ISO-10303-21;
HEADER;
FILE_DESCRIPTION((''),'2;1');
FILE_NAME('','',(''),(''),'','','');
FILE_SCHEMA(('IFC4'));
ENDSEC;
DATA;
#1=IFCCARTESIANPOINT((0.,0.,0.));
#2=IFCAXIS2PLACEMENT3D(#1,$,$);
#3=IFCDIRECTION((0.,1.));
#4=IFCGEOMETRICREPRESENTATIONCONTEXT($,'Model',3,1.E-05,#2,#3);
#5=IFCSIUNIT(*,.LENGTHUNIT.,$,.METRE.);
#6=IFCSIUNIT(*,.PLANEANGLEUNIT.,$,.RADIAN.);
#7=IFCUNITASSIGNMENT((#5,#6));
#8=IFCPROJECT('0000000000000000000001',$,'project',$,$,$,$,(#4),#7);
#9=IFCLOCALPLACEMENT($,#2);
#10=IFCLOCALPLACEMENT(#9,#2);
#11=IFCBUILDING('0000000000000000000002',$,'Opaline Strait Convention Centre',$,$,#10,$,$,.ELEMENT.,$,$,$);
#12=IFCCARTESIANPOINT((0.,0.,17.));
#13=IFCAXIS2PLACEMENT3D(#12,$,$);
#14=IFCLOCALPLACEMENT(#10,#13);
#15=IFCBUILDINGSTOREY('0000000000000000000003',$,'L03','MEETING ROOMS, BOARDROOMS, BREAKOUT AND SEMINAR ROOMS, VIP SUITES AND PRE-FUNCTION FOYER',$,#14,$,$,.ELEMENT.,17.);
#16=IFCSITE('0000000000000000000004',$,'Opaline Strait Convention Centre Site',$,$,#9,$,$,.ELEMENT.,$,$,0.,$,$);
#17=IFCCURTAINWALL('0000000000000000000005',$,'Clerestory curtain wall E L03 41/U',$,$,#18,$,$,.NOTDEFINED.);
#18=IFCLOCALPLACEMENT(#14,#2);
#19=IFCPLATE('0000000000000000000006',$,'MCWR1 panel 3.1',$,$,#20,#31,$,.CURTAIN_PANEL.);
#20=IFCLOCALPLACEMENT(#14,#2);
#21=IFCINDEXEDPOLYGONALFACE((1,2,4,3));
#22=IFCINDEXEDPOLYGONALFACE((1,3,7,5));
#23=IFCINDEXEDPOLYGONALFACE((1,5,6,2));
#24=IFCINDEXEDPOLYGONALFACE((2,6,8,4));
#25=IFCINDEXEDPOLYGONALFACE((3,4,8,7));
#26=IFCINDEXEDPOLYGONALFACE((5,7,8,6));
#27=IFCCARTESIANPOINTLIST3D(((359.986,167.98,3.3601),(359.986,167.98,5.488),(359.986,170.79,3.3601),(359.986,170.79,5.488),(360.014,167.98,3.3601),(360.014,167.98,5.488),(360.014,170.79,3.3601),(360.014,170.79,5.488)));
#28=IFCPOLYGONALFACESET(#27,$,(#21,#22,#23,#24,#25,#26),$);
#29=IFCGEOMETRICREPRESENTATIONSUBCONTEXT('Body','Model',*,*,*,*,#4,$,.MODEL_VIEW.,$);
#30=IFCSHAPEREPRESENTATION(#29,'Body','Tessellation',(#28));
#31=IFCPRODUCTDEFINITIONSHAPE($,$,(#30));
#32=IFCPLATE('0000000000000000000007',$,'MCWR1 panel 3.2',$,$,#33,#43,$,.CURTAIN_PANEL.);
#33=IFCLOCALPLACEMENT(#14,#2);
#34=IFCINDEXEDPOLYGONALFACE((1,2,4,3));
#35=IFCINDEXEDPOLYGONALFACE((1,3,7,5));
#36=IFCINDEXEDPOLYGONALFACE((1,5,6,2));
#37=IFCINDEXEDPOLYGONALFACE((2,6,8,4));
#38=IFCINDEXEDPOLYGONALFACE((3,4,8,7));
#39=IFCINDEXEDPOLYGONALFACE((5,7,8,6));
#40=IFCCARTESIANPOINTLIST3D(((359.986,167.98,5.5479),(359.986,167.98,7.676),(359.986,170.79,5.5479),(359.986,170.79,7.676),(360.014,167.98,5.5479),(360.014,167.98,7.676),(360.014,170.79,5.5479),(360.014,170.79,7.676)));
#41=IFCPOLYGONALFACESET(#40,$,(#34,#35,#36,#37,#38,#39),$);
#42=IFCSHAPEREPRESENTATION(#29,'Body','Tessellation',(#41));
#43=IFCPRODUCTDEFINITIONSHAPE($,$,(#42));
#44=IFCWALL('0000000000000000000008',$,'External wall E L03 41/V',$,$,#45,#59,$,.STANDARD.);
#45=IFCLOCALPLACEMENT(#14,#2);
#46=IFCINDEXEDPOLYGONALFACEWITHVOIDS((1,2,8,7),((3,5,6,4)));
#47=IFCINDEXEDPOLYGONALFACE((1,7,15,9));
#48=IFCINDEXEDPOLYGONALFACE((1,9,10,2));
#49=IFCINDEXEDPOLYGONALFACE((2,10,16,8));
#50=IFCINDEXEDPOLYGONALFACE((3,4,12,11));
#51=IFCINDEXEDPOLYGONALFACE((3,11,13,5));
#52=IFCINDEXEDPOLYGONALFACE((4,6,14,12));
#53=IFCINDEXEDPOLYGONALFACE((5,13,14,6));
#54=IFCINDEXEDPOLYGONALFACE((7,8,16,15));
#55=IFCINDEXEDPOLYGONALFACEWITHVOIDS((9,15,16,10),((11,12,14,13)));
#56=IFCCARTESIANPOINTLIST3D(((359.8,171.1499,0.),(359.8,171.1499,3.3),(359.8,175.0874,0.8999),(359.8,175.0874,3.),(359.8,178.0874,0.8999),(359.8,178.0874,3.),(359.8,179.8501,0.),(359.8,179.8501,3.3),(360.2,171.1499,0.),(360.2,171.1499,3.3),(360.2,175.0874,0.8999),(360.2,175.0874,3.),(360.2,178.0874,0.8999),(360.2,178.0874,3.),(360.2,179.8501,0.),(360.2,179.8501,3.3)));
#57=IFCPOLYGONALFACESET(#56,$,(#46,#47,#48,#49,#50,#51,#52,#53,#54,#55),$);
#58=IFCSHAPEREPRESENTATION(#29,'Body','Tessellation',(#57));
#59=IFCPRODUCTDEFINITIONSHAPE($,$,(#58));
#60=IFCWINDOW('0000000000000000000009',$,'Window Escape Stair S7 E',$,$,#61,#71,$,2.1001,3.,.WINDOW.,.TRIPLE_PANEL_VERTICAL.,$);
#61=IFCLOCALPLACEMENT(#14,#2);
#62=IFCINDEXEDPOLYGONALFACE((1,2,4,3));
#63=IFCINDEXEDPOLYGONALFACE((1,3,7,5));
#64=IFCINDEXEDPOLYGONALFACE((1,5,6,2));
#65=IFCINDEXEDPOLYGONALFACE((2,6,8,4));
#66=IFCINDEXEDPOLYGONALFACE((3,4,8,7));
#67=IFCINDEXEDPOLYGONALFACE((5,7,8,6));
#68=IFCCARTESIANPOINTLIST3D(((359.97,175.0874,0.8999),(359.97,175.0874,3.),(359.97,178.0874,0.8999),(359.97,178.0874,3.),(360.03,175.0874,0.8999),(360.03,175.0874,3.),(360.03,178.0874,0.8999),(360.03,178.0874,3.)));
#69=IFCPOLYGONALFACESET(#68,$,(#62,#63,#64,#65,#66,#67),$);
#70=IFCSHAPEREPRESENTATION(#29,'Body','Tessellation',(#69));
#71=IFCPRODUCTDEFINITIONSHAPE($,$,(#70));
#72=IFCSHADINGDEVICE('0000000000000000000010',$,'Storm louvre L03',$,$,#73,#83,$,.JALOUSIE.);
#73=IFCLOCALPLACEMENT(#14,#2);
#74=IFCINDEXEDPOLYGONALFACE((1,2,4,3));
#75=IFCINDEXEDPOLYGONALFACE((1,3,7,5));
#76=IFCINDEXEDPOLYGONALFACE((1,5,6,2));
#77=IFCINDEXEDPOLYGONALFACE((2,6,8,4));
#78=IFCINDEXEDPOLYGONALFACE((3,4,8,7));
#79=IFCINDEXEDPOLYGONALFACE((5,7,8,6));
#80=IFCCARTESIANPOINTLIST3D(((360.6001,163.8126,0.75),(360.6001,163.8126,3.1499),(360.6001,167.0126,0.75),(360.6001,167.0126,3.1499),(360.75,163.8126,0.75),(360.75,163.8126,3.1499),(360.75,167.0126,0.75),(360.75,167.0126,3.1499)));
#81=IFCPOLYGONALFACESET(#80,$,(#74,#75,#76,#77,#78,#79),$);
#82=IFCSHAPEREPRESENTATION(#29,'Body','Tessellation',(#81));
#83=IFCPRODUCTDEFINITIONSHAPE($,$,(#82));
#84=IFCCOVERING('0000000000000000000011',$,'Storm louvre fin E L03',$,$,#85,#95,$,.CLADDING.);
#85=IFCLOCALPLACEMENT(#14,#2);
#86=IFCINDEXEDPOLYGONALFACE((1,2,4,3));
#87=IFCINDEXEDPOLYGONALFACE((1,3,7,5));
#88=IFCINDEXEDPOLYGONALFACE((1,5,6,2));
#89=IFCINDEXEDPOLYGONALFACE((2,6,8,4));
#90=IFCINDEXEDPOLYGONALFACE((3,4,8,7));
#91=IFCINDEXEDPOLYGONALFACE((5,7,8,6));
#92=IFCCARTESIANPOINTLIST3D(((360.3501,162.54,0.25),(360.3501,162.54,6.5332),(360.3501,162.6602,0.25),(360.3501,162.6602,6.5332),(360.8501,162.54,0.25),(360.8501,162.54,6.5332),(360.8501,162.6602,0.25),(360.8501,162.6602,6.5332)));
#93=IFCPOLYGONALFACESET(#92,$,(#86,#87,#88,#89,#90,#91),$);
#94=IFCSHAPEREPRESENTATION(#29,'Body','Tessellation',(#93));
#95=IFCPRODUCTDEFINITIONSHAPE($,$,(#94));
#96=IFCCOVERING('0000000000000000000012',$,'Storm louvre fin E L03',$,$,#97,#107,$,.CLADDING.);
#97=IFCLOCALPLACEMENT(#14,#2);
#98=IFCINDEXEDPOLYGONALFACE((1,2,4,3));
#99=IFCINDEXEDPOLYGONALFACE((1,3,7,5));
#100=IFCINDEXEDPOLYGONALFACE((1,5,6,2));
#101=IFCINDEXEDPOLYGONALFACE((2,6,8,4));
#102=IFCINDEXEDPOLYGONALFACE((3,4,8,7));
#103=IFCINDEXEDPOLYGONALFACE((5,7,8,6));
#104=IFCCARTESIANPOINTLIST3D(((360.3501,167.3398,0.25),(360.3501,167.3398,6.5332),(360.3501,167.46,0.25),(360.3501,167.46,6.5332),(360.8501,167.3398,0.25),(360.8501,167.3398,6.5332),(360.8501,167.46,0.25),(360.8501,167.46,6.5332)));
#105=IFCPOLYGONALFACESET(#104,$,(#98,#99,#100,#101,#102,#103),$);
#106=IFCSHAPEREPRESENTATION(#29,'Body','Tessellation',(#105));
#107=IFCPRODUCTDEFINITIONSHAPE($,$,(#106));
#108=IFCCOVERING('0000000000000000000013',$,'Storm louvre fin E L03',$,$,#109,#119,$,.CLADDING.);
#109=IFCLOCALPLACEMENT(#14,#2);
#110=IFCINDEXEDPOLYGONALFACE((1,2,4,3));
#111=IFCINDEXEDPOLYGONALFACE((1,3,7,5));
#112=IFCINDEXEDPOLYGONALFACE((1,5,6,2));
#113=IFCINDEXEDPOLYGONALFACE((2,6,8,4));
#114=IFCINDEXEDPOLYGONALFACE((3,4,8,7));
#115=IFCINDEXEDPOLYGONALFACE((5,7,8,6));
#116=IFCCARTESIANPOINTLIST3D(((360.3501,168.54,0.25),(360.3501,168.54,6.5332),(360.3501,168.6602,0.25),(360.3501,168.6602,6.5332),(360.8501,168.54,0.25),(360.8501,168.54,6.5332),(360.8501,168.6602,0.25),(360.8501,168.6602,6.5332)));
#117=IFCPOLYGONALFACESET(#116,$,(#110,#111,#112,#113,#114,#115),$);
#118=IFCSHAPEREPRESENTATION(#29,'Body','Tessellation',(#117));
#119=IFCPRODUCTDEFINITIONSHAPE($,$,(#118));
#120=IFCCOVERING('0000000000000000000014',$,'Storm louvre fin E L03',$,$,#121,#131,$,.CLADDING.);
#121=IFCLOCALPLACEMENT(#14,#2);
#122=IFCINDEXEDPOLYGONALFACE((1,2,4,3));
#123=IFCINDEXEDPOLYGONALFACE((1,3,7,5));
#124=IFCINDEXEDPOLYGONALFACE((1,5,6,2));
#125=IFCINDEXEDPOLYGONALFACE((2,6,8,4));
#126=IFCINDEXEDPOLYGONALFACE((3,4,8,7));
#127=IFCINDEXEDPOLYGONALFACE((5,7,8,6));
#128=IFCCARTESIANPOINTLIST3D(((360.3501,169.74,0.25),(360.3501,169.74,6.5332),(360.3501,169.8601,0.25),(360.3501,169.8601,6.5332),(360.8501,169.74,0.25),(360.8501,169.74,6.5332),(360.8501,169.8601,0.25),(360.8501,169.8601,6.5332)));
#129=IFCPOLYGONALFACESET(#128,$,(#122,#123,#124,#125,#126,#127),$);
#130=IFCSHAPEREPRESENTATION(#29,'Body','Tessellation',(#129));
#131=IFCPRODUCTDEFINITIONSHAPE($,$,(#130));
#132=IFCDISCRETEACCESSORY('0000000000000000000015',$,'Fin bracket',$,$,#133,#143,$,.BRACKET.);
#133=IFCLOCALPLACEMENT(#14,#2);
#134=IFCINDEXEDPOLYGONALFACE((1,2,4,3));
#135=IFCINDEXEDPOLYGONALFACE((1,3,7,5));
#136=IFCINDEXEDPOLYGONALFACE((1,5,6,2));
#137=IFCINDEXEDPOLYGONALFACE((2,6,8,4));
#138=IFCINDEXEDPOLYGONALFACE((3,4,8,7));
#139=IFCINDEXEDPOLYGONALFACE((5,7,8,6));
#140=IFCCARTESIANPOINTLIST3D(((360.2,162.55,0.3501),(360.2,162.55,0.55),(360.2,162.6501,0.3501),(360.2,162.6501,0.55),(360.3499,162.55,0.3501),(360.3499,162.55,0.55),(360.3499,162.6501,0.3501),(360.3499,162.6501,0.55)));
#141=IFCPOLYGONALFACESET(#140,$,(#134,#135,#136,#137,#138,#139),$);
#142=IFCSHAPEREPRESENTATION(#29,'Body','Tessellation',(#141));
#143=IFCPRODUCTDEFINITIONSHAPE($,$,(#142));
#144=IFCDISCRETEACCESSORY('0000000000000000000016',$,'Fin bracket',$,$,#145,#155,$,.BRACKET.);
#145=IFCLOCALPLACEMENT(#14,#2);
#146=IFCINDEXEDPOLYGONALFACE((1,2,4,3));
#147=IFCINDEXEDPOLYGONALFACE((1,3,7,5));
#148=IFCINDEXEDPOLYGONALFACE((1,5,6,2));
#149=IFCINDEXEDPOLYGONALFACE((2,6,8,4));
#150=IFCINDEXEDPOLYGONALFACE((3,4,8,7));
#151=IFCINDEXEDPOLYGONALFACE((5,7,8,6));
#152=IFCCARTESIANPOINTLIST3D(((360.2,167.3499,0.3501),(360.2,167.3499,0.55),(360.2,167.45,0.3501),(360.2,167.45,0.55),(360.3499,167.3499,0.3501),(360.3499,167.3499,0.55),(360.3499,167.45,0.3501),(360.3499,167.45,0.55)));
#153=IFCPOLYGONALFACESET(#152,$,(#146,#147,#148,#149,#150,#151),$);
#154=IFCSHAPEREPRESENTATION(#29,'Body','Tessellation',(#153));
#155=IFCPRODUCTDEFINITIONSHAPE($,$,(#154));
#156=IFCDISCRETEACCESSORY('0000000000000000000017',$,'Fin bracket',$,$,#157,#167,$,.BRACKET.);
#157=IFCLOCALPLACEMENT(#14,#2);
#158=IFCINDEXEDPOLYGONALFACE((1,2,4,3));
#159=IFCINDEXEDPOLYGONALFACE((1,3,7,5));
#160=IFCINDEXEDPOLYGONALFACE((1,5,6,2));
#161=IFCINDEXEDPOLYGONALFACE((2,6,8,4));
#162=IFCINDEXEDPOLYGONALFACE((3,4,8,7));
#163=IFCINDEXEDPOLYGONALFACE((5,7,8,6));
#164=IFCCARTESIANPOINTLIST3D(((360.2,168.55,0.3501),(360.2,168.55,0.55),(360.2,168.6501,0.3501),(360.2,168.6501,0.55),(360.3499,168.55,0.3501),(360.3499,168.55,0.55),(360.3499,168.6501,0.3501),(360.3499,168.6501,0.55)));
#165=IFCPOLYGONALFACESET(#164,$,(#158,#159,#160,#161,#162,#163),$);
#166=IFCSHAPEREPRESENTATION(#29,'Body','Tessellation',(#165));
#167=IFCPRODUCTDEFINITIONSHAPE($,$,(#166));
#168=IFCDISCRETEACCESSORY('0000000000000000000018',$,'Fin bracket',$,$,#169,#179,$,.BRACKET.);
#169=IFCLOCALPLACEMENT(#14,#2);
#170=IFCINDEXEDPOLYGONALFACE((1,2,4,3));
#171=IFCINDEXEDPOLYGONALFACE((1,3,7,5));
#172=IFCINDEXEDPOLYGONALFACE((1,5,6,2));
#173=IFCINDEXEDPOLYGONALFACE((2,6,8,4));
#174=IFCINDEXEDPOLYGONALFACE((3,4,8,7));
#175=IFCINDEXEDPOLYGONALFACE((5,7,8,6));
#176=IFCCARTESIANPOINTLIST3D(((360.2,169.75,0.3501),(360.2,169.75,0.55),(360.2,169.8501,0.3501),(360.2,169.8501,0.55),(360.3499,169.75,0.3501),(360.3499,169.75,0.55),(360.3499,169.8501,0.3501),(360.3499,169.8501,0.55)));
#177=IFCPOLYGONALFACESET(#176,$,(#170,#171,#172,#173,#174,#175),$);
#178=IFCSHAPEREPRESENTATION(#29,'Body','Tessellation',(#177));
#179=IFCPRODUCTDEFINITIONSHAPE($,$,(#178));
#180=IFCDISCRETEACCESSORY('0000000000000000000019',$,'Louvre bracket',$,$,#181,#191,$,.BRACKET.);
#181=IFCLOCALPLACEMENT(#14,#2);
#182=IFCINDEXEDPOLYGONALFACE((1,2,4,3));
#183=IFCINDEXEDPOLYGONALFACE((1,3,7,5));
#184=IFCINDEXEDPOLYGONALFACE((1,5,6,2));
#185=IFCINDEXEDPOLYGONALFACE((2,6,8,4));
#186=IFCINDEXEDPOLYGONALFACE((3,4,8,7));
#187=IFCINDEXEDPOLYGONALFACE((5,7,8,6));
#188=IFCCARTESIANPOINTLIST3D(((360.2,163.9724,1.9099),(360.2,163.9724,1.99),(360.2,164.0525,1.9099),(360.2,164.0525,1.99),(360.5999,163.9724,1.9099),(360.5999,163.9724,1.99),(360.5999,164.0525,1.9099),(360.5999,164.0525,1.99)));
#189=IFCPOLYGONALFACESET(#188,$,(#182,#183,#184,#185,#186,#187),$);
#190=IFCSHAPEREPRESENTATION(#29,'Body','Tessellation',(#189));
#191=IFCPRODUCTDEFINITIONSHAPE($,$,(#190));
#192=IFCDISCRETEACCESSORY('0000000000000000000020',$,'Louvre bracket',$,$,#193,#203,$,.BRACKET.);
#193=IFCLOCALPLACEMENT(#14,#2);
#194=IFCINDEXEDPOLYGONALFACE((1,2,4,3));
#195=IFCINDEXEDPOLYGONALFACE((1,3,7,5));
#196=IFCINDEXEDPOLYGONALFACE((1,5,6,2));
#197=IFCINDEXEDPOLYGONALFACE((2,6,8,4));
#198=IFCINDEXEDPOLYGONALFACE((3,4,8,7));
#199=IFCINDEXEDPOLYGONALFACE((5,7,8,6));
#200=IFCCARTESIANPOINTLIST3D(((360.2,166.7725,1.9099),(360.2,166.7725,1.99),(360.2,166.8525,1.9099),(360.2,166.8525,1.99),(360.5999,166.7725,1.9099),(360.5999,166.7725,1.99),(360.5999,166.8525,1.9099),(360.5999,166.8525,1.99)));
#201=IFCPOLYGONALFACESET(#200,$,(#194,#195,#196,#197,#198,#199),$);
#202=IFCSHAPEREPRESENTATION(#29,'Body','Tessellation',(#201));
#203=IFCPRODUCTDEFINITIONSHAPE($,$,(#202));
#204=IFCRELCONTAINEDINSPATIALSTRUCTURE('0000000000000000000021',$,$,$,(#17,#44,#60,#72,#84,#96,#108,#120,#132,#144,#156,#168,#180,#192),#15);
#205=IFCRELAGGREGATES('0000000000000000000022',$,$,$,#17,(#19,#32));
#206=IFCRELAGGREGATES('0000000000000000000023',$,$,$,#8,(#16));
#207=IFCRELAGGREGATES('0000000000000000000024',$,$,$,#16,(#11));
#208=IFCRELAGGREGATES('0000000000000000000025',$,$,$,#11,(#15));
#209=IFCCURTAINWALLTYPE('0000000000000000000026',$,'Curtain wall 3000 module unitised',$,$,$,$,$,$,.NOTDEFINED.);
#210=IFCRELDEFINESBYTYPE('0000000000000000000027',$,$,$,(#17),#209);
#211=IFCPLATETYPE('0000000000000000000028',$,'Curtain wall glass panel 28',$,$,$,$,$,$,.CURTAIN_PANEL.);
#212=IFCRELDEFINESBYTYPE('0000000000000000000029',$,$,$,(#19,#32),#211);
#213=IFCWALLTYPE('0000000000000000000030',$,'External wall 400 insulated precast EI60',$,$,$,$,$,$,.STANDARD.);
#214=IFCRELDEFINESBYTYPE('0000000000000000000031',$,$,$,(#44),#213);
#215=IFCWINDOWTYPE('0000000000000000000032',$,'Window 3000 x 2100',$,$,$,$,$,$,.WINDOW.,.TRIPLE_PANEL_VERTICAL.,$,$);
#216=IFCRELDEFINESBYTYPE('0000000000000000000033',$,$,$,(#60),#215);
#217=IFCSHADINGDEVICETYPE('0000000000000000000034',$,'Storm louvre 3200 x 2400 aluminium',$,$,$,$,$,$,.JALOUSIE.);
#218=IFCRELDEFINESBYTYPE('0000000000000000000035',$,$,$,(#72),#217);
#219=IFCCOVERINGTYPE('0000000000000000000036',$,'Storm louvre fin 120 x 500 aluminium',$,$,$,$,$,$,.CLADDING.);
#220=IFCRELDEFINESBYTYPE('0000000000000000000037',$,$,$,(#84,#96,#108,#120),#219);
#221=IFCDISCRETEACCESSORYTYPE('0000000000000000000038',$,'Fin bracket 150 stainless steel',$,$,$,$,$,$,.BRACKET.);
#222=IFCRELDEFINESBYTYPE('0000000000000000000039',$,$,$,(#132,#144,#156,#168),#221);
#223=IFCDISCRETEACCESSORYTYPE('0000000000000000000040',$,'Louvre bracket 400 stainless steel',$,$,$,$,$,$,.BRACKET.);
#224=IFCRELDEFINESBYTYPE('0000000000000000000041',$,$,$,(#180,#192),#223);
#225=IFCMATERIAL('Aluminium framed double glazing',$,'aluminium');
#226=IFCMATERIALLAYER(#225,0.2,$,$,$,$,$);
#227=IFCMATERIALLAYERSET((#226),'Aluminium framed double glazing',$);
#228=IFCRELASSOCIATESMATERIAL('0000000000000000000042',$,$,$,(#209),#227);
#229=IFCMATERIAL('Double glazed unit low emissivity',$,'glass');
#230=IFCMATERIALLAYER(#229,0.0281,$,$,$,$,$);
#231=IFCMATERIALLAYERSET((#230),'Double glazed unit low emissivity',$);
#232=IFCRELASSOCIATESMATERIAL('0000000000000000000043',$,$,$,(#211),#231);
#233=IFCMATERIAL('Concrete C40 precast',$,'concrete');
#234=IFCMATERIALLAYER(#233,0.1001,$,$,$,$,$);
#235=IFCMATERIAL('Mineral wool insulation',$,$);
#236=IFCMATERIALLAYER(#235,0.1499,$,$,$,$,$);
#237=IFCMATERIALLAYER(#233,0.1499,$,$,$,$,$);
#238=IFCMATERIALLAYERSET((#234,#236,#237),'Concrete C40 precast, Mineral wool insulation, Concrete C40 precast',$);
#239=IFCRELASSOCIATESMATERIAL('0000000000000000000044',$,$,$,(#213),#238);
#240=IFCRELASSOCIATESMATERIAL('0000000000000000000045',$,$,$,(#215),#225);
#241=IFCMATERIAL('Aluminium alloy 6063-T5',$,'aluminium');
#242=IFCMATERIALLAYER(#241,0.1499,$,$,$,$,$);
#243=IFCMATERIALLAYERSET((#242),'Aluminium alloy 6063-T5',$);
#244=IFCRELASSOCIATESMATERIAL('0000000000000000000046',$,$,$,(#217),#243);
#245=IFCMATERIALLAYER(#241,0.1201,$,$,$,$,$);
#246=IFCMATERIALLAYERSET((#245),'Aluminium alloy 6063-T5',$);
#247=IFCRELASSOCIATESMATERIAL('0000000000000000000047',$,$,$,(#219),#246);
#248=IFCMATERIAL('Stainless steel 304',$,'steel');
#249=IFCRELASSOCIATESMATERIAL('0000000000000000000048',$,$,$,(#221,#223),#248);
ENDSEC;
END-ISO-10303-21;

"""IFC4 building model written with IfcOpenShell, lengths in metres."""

from ifc_helpers import new_model, si_unit, direction, frame, frame_2d, origin, origin_2d, place, context, subcontext, project, spatial, rectangle, extrude, material, layer, layer_set, type_object, element, fill, aggregate, save


model = new_model("IFC4")

# Units and contexts
model_context = context("Model", 3, precision=1e-05, world=origin(), true_north=direction((0.0, 1.0)))
body_context = subcontext(model_context, "Body", "Model", "MODEL_VIEW")
ifc_project = project(units=[si_unit("LENGTHUNIT", "METRE"), si_unit("PLANEANGLEUNIT", "RADIAN")], contexts=[model_context])

# Site, building, storey
site_placement = place(None, origin())
site = spatial("IfcSite", under=ifc_project, at=site_placement, Name="Opaline Strait Convention Centre Site", CompositionType="ELEMENT", RefElevation=0.0)
building_placement = place(site_placement, origin())
building = spatial("IfcBuilding", under=site, at=building_placement, Name="Opaline Strait Convention Centre", CompositionType="ELEMENT")
storey_placement = place(building_placement, frame((0.0, 0.0, 17.0)))
storey = spatial("IfcBuildingStorey", under=building, at=storey_placement, Name="L03", Description="MEETING ROOMS, BOARDROOMS, BREAKOUT AND SEMINAR ROOMS, VIP SUITES AND PRE-FUNCTION FOYER", CompositionType="ELEMENT", Elevation=17.0)

# Curtain wall
ifc_material_1 = material(Name="Aluminium framed double glazing", Category="aluminium")
ifc_layer_1 = layer(ifc_material_1, 0.2)
ifc_layer_set_1 = layer_set([ifc_layer_1], Name="Aluminium framed double glazing")
curtain_wall_type = type_object("IfcCurtainWallType", Name="Curtain wall 3000 module unitised", PredefinedType="NOTDEFINED", material=ifc_layer_set_1)
curtain_wall_1_placement = place(storey_placement, origin())
curtain_wall_1 = element("IfcCurtainWall", 1, at=curtain_wall_1_placement, inside=storey, type_object=curtain_wall_type, Name="Clerestory curtain wall E L03 41/U", PredefinedType="NOTDEFINED")

# Plates
ifc_material_2 = material(Name="Double glazed unit low emissivity", Category="glass")
ifc_layer_2 = layer(ifc_material_2, 0.0281)
ifc_layer_set_2 = layer_set([ifc_layer_2], Name="Double glazed unit low emissivity")
plate_type = type_object("IfcPlateType", Name="Curtain wall glass panel 28", PredefinedType="CURTAIN_PANEL", material=ifc_layer_set_2)
plate_1_placement = place(storey_placement, frame((360.0, 169.385, 3.3601), z_axis=(0.0, 0.0, 1.0), x_axis=(0.0, 1.0, 0.0)))
plate_1 = element("IfcPlate", 2, at=plate_1_placement, type_object=plate_type, Name="MCWR1 panel 3.1", PredefinedType="CURTAIN_PANEL", context=body_context, shape_type="SweptSolid", body=[
    extrude(rectangle(XDim=2.8101, YDim=0.0281, at=origin_2d()), origin(), (0.0, 0.0, 1.0), 2.1279),
])
plate_2_placement = place(storey_placement, frame((360.0, 169.385, 5.5479), z_axis=(0.0, 0.0, 1.0), x_axis=(0.0, 1.0, 0.0)))
plate_2 = element("IfcPlate", 3, at=plate_2_placement, type_object=plate_type, Name="MCWR1 panel 3.2", PredefinedType="CURTAIN_PANEL", context=body_context, shape_type="SweptSolid", body=[
    extrude(rectangle(XDim=2.8101, YDim=0.0281, at=origin_2d()), origin(), (0.0, 0.0, 1.0), 2.1282),
])
aggregate(curtain_wall_1, [plate_1, plate_2])

# Wall, opening, window
ifc_material_3 = material(Name="Concrete C40 precast", Category="concrete")
ifc_layer_3 = layer(ifc_material_3, 0.1001)
ifc_material_4 = material(Name="Mineral wool insulation")
ifc_layer_4 = layer(ifc_material_4, 0.1499)
ifc_layer_5 = layer(ifc_material_3, 0.1499)
ifc_layer_set_3 = layer_set([ifc_layer_3, ifc_layer_4, ifc_layer_5], Name="Concrete C40 precast, Mineral wool insulation, Concrete C40 precast")
wall_type = type_object("IfcWallType", Name="External wall 400 insulated precast EI60", PredefinedType="STANDARD", material=ifc_layer_set_3)
wall_placement = place(storey_placement, frame((360.0, 171.1499, 0.0), z_axis=(0.0, 0.0, 1.0), x_axis=(0.0, 1.0, 0.0)))
wall = element("IfcWall", 4, at=wall_placement, inside=storey, type_object=wall_type, Name="External wall E L03 41/V", PredefinedType="STANDARD", context=body_context, shape_type="SweptSolid", body=[
    extrude(rectangle(XDim=8.7002, YDim=0.3999, at=frame_2d((4.3501, 0.0))), origin(), (0.0, 0.0, 1.0), 3.3),
])
opening_placement = place(wall_placement, frame((3.9375, 0.0, 0.8999)))
opening = element("IfcOpeningElement", 5, at=opening_placement, cuts=wall, PredefinedType="OPENING", context=body_context, shape_type="SweptSolid", body=[
    extrude(rectangle(XDim=3.0, YDim=2.1001, at=frame_2d((1.5, 1.05))), frame((0.0, 0.21, 0.0), z_axis=(0.0, -1.0, 0.0), x_axis=(1.0, 0.0, 0.0)), (0.0, 0.0, 1.0), 0.4199),
])
window_type = type_object("IfcWindowType", Name="Window 3000 x 2100", PartitioningType="TRIPLE_PANEL_VERTICAL", PredefinedType="WINDOW", material=ifc_material_1)
window_placement = place(opening_placement, origin())
window = element("IfcWindow", 6, at=window_placement, inside=storey, type_object=window_type, Name="Window Escape Stair S7 E", OverallHeight=2.1001, OverallWidth=3.0, PartitioningType="TRIPLE_PANEL_VERTICAL", PredefinedType="WINDOW", context=body_context, shape_type="SweptSolid", body=[
    extrude(rectangle(XDim=3.0, YDim=2.1001, at=frame_2d((1.5, 1.05))), frame((0.0, 0.03, 0.0), z_axis=(0.0, -1.0, 0.0), x_axis=(1.0, 0.0, 0.0)), (0.0, 0.0, 1.0), 0.0601),
])
fill(opening, window)

# Shading device
ifc_material_5 = material(Name="Aluminium alloy 6063-T5", Category="aluminium")
ifc_layer_6 = layer(ifc_material_5, 0.1499)
ifc_layer_set_4 = layer_set([ifc_layer_6], Name="Aluminium alloy 6063-T5")
shading_device_type = type_object("IfcShadingDeviceType", Name="Storm louvre 3200 x 2400 aluminium", PredefinedType="JALOUSIE", material=ifc_layer_set_4)
shading_device_placement = place(storey_placement, frame((360.675, 165.4126, 0.75), z_axis=(0.0, 0.0, 1.0), x_axis=(1.0, 0.0, 0.0)))
element("IfcShadingDevice", 7, at=shading_device_placement, inside=storey, type_object=shading_device_type, Name="Storm louvre L03", PredefinedType="JALOUSIE", context=body_context, shape_type="SweptSolid", body=[
    extrude(rectangle(XDim=0.1499, YDim=3.2, at=origin_2d()), origin(), (0.0, 0.0, 1.0), 2.3999),
])

# Coverings
ifc_layer_7 = layer(ifc_material_5, 0.1201)
ifc_layer_set_5 = layer_set([ifc_layer_7], Name="Aluminium alloy 6063-T5")
covering_type = type_object("IfcCoveringType", Name="Storm louvre fin 120 x 500 aluminium", PredefinedType="CLADDING", material=ifc_layer_set_5)
for number, where, z_axis, x_axis, name in (
    (8, (360.6001, 162.6001, 0.25), (0.0, 0.0, 1.0), (1.0, 0.0, 0.0), "Storm louvre fin E L03"),
    (9, (360.6001, 167.3999, 0.25), (0.0, 0.0, 1.0), (1.0, 0.0, 0.0), "Storm louvre fin E L03"),
    (10, (360.6001, 168.6001, 0.25), (0.0, 0.0, 1.0), (1.0, 0.0, 0.0), "Storm louvre fin E L03"),
    (11, (360.6001, 169.8, 0.25), (0.0, 0.0, 1.0), (1.0, 0.0, 0.0), "Storm louvre fin E L03"),
):
    element("IfcCovering", number, at=place(storey_placement, frame(where, z_axis=z_axis, x_axis=x_axis)), inside=storey, type_object=covering_type, Name=name, PredefinedType="CLADDING", context=body_context, shape_type="SweptSolid", body=[
        extrude(rectangle(XDim=0.5, YDim=0.1201, at=origin_2d()), origin(), (0.0, 0.0, 1.0), 6.2832),
    ])

# Discrete accessories
ifc_material_6 = material(Name="Stainless steel 304", Category="steel")
discrete_accessory_type_1 = type_object("IfcDiscreteAccessoryType", Name="Fin bracket 150 stainless steel", PredefinedType="BRACKET", material=ifc_material_6)
for number, where, z_axis, x_axis, name in (
    (12, (360.2749, 162.6001, 0.3501), (0.0, 0.0, 1.0), (1.0, 0.0, 0.0), "Fin bracket"),
    (13, (360.2749, 167.3999, 0.3501), (0.0, 0.0, 1.0), (1.0, 0.0, 0.0), "Fin bracket"),
    (14, (360.2749, 168.6001, 0.3501), (0.0, 0.0, 1.0), (1.0, 0.0, 0.0), "Fin bracket"),
    (15, (360.2749, 169.8, 0.3501), (0.0, 0.0, 1.0), (1.0, 0.0, 0.0), "Fin bracket"),
):
    element("IfcDiscreteAccessory", number, at=place(storey_placement, frame(where, z_axis=z_axis, x_axis=x_axis)), inside=storey, type_object=discrete_accessory_type_1, Name=name, PredefinedType="BRACKET", context=body_context, shape_type="SweptSolid", body=[
        extrude(rectangle(XDim=0.1499, YDim=0.1001, at=origin_2d()), origin(), (0.0, 0.0, 1.0), 0.2),
    ])
discrete_accessory_type_2 = type_object("IfcDiscreteAccessoryType", Name="Louvre bracket 400 stainless steel", PredefinedType="BRACKET", material=ifc_material_6)
for number, where, z_axis, x_axis, name in (
    (16, (360.3999, 164.0125, 1.9099), (0.0, 0.0, 1.0), (1.0, 0.0, 0.0), "Louvre bracket"),
    (17, (360.3999, 166.8125, 1.9099), (0.0, 0.0, 1.0), (1.0, 0.0, 0.0), "Louvre bracket"),
):
    element("IfcDiscreteAccessory", number, at=place(storey_placement, frame(where, z_axis=z_axis, x_axis=x_axis)), inside=storey, type_object=discrete_accessory_type_2, Name=name, PredefinedType="BRACKET", context=body_context, shape_type="SweptSolid", body=[
        extrude(rectangle(XDim=0.3999, YDim=0.0801, at=origin_2d()), origin(), (0.0, 0.0, 1.0), 0.0801),
    ])

save(model, "model.ifc")
